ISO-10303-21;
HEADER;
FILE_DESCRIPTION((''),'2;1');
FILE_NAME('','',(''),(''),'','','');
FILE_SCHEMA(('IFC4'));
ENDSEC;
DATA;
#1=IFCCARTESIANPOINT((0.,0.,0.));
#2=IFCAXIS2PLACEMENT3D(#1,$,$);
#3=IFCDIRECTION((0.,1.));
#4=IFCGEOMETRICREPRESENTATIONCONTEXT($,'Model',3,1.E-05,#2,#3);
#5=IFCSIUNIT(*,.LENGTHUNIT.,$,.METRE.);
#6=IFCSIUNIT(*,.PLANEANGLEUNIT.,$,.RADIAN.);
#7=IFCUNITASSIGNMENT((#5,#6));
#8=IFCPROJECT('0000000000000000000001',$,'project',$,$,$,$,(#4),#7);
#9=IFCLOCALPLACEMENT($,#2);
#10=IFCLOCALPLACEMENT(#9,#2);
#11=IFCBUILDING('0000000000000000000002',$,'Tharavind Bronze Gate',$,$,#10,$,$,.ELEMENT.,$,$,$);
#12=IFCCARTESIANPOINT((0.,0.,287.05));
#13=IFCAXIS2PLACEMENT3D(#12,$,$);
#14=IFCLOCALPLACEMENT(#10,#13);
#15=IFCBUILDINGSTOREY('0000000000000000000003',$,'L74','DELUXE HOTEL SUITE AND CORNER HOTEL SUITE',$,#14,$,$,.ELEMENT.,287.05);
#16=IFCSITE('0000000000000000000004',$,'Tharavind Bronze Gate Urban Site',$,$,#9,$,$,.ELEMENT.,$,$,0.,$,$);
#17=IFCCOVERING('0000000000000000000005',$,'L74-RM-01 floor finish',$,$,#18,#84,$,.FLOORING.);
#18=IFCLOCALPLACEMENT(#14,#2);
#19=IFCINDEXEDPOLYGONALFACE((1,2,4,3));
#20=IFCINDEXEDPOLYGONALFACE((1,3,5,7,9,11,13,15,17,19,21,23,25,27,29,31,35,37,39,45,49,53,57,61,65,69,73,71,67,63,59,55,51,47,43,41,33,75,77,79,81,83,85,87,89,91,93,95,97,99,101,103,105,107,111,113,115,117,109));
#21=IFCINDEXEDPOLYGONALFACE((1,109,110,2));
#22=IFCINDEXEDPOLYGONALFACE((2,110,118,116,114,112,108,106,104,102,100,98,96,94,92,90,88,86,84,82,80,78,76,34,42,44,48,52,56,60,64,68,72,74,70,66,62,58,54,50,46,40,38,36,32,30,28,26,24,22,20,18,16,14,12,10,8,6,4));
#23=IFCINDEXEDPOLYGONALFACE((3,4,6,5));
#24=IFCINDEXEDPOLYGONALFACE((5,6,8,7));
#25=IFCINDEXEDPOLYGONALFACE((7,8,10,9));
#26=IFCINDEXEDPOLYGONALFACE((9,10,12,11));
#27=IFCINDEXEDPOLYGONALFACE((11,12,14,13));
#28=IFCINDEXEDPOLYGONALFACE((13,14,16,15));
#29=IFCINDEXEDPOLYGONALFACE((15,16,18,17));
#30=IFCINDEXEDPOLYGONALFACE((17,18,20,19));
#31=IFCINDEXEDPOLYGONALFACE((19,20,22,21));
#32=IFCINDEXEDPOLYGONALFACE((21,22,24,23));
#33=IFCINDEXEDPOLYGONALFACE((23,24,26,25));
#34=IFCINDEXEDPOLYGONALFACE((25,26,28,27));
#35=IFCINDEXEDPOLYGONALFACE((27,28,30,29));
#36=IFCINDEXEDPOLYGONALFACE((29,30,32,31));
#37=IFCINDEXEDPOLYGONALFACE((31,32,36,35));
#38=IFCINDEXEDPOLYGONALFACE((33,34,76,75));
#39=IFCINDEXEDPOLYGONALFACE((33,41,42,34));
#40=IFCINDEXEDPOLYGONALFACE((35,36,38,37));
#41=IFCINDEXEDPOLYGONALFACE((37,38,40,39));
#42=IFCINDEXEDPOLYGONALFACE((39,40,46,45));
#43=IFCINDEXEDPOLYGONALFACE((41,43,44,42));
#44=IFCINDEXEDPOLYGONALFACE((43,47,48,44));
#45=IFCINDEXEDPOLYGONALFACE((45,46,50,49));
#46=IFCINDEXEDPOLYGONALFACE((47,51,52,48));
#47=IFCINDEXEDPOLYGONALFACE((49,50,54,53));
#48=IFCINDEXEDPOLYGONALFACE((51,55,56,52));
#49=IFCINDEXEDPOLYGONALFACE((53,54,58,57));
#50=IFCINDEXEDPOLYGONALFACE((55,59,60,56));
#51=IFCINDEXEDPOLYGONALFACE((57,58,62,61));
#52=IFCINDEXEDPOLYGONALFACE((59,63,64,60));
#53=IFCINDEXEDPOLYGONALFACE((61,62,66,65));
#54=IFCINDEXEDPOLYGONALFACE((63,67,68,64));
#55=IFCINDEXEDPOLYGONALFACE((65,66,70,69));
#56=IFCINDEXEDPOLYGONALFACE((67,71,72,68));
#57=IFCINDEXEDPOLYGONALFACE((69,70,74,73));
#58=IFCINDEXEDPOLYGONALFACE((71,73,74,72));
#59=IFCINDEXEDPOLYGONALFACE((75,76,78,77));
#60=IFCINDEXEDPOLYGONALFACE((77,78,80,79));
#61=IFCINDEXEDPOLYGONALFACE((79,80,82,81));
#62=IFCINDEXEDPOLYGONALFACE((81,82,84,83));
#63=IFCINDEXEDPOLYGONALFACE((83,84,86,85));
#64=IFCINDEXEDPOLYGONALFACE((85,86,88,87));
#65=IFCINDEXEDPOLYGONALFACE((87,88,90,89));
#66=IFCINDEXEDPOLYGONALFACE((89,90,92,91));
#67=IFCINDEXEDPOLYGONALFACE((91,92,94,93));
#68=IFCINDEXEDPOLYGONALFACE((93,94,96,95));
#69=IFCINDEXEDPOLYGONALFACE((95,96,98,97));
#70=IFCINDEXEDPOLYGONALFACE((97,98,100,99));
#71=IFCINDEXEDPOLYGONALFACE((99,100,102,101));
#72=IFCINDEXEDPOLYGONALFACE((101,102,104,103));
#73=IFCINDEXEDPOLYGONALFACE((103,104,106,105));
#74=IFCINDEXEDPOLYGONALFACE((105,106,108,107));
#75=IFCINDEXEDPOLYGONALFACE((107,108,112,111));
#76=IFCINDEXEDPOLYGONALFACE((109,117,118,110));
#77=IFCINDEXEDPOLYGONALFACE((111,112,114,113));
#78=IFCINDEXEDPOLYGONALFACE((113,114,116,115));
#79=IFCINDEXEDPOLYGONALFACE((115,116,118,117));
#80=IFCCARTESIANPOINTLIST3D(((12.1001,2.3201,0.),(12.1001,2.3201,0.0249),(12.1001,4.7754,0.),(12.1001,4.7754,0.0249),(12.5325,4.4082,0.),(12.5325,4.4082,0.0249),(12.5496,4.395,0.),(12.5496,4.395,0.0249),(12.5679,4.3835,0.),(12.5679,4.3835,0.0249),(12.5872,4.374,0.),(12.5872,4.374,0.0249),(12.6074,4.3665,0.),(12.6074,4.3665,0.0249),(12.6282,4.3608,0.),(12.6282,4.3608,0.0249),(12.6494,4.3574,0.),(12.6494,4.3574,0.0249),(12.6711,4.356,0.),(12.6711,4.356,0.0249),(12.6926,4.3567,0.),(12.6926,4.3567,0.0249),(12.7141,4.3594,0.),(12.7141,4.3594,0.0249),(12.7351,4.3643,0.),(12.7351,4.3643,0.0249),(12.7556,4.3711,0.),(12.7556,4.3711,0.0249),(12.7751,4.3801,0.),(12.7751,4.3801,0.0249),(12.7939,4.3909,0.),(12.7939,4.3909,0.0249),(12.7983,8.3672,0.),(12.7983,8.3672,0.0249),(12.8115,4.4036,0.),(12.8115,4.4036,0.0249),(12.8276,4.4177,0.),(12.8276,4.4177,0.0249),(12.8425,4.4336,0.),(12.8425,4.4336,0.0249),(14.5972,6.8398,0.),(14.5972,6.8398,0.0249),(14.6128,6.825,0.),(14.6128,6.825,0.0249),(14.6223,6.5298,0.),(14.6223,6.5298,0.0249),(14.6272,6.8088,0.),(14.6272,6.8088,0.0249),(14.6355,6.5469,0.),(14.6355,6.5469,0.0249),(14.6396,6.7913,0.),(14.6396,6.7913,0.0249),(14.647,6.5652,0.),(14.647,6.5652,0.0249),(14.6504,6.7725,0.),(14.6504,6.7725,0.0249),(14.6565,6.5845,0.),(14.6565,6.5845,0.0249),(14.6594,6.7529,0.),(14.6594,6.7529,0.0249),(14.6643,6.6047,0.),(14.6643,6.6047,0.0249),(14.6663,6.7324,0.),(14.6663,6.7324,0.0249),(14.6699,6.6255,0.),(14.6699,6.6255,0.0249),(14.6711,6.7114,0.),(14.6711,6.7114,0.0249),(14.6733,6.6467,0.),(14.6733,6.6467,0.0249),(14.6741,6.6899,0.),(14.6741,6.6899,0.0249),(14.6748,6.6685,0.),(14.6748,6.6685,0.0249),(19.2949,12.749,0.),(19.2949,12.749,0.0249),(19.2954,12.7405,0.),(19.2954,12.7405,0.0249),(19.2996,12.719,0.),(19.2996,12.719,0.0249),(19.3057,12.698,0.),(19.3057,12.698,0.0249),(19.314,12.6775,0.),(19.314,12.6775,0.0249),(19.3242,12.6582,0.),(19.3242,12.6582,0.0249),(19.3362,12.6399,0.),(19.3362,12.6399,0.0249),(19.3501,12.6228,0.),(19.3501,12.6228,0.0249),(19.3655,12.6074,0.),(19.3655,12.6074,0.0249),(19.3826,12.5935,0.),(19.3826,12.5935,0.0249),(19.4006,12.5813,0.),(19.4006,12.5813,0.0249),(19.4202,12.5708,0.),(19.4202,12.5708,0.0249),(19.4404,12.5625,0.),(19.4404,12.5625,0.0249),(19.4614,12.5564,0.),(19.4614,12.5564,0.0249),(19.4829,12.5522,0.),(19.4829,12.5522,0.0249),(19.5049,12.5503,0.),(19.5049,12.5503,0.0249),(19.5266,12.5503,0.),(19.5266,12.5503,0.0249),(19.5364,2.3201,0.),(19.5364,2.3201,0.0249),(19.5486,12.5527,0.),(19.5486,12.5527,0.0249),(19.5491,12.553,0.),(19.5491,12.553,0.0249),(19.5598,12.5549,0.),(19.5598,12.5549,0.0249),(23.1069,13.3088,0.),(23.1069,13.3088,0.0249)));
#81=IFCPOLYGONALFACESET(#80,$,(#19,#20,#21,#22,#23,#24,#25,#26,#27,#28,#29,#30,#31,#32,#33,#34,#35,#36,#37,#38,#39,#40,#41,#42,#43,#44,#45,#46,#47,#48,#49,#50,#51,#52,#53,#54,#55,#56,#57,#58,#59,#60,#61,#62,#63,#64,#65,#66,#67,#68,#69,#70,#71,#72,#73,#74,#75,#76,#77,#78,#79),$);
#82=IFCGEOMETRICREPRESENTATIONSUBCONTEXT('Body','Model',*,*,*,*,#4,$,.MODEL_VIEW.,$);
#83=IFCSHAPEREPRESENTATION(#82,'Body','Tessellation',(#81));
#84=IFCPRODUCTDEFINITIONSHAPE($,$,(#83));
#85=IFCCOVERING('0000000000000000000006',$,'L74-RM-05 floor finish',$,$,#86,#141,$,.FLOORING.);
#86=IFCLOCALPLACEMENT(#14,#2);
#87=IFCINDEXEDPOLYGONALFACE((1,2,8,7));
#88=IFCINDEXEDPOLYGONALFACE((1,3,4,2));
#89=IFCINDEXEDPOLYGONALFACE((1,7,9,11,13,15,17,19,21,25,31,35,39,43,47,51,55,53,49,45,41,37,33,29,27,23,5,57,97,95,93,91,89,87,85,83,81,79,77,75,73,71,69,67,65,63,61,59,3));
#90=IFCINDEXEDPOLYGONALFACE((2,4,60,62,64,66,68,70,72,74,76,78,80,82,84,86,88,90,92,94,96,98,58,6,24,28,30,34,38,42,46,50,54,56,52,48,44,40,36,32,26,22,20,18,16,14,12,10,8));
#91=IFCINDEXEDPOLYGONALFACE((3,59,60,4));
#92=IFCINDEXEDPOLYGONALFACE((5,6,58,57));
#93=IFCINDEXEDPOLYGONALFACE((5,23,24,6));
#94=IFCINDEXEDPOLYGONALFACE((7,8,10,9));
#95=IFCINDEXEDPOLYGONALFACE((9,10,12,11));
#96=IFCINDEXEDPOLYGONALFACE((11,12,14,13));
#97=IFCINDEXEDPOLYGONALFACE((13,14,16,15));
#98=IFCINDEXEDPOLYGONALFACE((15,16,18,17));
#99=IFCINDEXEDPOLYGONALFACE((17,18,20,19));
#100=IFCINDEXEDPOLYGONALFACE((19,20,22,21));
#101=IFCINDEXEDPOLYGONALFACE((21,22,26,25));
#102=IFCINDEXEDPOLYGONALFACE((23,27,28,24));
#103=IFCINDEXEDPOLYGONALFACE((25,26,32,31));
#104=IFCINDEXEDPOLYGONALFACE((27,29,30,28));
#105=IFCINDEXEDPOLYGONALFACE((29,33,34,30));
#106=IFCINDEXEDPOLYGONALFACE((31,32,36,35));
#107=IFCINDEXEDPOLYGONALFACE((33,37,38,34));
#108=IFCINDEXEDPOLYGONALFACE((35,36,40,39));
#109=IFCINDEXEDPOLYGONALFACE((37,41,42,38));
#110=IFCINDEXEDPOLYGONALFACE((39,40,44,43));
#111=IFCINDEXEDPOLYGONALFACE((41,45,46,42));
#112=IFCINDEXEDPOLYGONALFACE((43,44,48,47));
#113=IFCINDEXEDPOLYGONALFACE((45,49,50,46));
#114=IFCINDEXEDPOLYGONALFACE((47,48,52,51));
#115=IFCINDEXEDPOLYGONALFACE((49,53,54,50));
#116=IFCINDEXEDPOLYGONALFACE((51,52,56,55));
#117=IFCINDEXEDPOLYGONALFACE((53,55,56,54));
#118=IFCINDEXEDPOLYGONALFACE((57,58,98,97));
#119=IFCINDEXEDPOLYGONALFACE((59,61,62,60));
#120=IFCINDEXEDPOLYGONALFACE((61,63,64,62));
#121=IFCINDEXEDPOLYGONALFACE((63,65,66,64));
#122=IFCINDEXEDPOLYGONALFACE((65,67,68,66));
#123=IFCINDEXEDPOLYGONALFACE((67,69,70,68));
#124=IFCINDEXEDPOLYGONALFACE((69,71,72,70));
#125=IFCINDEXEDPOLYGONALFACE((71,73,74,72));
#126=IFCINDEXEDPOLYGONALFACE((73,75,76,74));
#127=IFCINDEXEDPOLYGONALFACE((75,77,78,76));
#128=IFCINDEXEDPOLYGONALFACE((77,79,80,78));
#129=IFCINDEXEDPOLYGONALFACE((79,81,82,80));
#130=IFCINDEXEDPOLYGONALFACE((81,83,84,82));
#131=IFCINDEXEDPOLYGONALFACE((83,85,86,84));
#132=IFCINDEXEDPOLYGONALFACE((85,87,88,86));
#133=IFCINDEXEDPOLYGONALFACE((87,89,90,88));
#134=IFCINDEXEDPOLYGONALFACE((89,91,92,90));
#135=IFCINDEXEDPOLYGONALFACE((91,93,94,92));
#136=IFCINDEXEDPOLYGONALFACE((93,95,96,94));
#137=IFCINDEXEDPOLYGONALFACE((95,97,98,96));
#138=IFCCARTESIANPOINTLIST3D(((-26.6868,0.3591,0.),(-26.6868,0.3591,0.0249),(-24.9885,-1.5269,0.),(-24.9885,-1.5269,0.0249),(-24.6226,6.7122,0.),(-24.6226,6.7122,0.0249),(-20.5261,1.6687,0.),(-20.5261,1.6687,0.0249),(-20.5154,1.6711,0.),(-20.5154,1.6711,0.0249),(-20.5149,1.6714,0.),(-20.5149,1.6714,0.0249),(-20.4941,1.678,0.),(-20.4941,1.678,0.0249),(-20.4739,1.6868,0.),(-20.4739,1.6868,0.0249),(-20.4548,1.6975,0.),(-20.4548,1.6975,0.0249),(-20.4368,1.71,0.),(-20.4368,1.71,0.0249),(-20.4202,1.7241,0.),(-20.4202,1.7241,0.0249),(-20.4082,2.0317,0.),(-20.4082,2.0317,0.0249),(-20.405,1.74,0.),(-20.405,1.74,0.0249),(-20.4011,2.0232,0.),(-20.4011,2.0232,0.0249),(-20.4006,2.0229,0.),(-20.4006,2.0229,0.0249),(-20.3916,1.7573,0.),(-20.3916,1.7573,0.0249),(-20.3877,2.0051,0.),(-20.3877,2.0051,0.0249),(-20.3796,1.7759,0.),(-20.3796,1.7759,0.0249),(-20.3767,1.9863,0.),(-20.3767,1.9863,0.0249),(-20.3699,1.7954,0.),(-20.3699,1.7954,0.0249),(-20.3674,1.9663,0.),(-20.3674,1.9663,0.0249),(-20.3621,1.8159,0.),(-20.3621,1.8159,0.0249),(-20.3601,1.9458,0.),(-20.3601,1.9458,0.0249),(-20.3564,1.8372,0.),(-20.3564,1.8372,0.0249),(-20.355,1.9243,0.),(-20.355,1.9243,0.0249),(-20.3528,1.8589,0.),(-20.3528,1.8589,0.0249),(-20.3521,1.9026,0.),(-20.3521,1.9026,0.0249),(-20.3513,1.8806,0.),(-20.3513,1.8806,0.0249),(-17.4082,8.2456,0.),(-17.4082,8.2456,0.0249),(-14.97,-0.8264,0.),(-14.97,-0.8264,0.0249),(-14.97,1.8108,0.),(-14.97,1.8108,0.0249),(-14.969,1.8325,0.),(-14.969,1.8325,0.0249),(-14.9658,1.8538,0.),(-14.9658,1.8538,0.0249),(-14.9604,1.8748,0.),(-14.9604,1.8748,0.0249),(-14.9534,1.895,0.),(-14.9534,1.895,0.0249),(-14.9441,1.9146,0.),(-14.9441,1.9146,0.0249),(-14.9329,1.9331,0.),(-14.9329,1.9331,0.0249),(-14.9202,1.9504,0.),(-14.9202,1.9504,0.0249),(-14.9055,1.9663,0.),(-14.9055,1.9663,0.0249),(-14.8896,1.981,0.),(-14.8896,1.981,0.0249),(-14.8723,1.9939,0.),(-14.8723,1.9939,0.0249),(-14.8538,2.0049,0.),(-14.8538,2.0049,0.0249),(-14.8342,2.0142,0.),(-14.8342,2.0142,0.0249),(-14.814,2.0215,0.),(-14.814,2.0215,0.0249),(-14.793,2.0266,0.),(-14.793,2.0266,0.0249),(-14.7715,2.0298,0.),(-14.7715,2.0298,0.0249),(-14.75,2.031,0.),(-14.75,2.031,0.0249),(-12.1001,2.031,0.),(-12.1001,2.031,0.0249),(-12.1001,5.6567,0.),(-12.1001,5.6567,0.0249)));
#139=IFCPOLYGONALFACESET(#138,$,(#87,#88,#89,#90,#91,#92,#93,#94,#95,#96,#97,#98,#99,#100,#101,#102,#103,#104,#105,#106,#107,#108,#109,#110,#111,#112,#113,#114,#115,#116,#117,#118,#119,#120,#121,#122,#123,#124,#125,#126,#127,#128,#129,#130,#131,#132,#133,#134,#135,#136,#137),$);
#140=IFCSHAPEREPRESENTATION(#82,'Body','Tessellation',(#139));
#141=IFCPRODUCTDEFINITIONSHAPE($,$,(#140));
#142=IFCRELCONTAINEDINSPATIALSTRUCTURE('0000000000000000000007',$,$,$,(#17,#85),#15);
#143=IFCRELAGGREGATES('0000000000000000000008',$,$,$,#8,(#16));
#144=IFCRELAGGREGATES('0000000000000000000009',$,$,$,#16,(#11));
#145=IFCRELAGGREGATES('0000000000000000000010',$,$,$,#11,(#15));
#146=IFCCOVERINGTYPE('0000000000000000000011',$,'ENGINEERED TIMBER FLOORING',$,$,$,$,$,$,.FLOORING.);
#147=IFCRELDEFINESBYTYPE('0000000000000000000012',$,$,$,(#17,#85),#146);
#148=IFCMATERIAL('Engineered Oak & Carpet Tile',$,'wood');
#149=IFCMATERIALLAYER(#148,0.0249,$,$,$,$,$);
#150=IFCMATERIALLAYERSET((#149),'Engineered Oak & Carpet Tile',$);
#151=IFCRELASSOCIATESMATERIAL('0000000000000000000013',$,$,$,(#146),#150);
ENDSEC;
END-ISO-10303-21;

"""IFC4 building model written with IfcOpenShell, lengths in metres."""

from ifc_helpers import new_model, si_unit, direction, frame, origin, place, context, subcontext, project, spatial, polyline, outline, extrude, material, layer, layer_set, type_object, element, save


model = new_model("IFC4")

# Units and contexts
model_context = context("Model", 3, precision=1e-05, world=origin(), true_north=direction((0.0, 1.0)))
body_context = subcontext(model_context, "Body", "Model", "MODEL_VIEW")
ifc_project = project(units=[si_unit("LENGTHUNIT", "METRE"), si_unit("PLANEANGLEUNIT", "RADIAN")], contexts=[model_context])

# Site, building, storey
site_placement = place(None, origin())
site = spatial("IfcSite", under=ifc_project, at=site_placement, Name="Tharavind Bronze Gate Urban Site", CompositionType="ELEMENT", RefElevation=0.0)
building_placement = place(site_placement, origin())
building = spatial("IfcBuilding", under=site, at=building_placement, Name="Tharavind Bronze Gate", CompositionType="ELEMENT")
storey_placement = place(building_placement, frame((0.0, 0.0, 287.05)))
storey = spatial("IfcBuildingStorey", under=building, at=storey_placement, Name="L74", Description="DELUXE HOTEL SUITE AND CORNER HOTEL SUITE", CompositionType="ELEMENT", Elevation=287.05)

# Coverings
ifc_material_1 = material(Name="Engineered Oak & Carpet Tile", Category="wood")
ifc_layer_1 = layer(ifc_material_1, 0.0249)
ifc_layer_set_1 = layer_set([ifc_layer_1], Name="Engineered Oak & Carpet Tile")
covering_type_1 = type_object("IfcCoveringType", Name="ENGINEERED TIMBER FLOORING", PredefinedType="FLOORING", material=ifc_layer_set_1)
covering_1_placement = place(storey_placement, origin())
element("IfcCovering", 1, at=covering_1_placement, inside=storey, type_object=covering_type_1, Name="L74-RM-01 floor finish", PredefinedType="FLOORING", context=body_context, shape_type="SweptSolid", body=[
    extrude(outline(polyline([(19.5364, 2.3201), (23.1069, 13.3088), (19.5598, 12.5549), (19.5491, 12.553), (19.5486, 12.5527), (19.5266, 12.5503), (19.5049, 12.5503), (19.4829, 12.5522), (19.4614, 12.5564), (19.4404, 12.5625), (19.4202, 12.5708), (19.4006, 12.5813), (19.3826, 12.5935), (19.3655, 12.6074), (19.3501, 12.6228), (19.3362, 12.6399), (19.3242, 12.6582), (19.314, 12.6775), (19.3057, 12.698), (19.2996, 12.719), (19.2954, 12.7405), (19.2949, 12.749), (12.7983, 8.3672), (14.5972, 6.8398), (14.6128, 6.825), (14.6272, 6.8088), (14.6396, 6.7913), (14.6504, 6.7725), (14.6594, 6.7529), (14.6663, 6.7324), (14.6711, 6.7114), (14.6741, 6.6899), (14.6748, 6.6685), (14.6733, 6.6467), (14.6699, 6.6255), (14.6643, 6.6047), (14.6565, 6.5845), (14.647, 6.5652), (14.6355, 6.5469), (14.6223, 6.5298), (12.8425, 4.4336), (12.8276, 4.4177), (12.8115, 4.4036), (12.7939, 4.3909), (12.7751, 4.3801), (12.7556, 4.3711), (12.7351, 4.3643), (12.7141, 4.3594), (12.6926, 4.3567), (12.6711, 4.356), (12.6494, 4.3574), (12.6282, 4.3608), (12.6074, 4.3665), (12.5872, 4.374), (12.5679, 4.3835), (12.5496, 4.395), (12.5325, 4.4082), (12.1001, 4.7754), (12.1001, 2.3201), (19.5364, 2.3201)])), origin(), (0.0, 0.0, 1.0), 0.0249),
])
covering_2_placement = place(storey_placement, origin())
element("IfcCovering", 2, at=covering_2_placement, inside=storey, type_object=covering_type_1, Name="L74-RM-05 floor finish", PredefinedType="FLOORING", context=body_context, shape_type="SweptSolid", body=[
    extrude(outline(polyline([(-24.9885, -1.5269), (-14.97, -0.8264), (-14.97, 1.8108), (-14.969, 1.8325), (-14.9658, 1.8538), (-14.9604, 1.8748), (-14.9534, 1.895), (-14.9441, 1.9146), (-14.9329, 1.9331), (-14.9202, 1.9504), (-14.9055, 1.9663), (-14.8896, 1.981), (-14.8723, 1.9939), (-14.8538, 2.0049), (-14.8342, 2.0142), (-14.814, 2.0215), (-14.793, 2.0266), (-14.7715, 2.0298), (-14.75, 2.031), (-12.1001, 2.031), (-12.1001, 5.6567), (-17.4082, 8.2456), (-24.6226, 6.7122), (-20.4082, 2.0317), (-20.4011, 2.0232), (-20.4006, 2.0229), (-20.3877, 2.0051), (-20.3767, 1.9863), (-20.3674, 1.9663), (-20.3601, 1.9458), (-20.355, 1.9243), (-20.3521, 1.9026), (-20.3513, 1.8806), (-20.3528, 1.8589), (-20.3564, 1.8372), (-20.3621, 1.8159), (-20.3699, 1.7954), (-20.3796, 1.7759), (-20.3916, 1.7573), (-20.405, 1.74), (-20.4202, 1.7241), (-20.4368, 1.71), (-20.4548, 1.6975), (-20.4739, 1.6868), (-20.4941, 1.678), (-20.5149, 1.6714), (-20.5154, 1.6711), (-20.5261, 1.6687), (-26.6868, 0.3591), (-24.9885, -1.5269)])), origin(), (0.0, 0.0, 1.0), 0.0249),
])

save(model, "model.ifc")
